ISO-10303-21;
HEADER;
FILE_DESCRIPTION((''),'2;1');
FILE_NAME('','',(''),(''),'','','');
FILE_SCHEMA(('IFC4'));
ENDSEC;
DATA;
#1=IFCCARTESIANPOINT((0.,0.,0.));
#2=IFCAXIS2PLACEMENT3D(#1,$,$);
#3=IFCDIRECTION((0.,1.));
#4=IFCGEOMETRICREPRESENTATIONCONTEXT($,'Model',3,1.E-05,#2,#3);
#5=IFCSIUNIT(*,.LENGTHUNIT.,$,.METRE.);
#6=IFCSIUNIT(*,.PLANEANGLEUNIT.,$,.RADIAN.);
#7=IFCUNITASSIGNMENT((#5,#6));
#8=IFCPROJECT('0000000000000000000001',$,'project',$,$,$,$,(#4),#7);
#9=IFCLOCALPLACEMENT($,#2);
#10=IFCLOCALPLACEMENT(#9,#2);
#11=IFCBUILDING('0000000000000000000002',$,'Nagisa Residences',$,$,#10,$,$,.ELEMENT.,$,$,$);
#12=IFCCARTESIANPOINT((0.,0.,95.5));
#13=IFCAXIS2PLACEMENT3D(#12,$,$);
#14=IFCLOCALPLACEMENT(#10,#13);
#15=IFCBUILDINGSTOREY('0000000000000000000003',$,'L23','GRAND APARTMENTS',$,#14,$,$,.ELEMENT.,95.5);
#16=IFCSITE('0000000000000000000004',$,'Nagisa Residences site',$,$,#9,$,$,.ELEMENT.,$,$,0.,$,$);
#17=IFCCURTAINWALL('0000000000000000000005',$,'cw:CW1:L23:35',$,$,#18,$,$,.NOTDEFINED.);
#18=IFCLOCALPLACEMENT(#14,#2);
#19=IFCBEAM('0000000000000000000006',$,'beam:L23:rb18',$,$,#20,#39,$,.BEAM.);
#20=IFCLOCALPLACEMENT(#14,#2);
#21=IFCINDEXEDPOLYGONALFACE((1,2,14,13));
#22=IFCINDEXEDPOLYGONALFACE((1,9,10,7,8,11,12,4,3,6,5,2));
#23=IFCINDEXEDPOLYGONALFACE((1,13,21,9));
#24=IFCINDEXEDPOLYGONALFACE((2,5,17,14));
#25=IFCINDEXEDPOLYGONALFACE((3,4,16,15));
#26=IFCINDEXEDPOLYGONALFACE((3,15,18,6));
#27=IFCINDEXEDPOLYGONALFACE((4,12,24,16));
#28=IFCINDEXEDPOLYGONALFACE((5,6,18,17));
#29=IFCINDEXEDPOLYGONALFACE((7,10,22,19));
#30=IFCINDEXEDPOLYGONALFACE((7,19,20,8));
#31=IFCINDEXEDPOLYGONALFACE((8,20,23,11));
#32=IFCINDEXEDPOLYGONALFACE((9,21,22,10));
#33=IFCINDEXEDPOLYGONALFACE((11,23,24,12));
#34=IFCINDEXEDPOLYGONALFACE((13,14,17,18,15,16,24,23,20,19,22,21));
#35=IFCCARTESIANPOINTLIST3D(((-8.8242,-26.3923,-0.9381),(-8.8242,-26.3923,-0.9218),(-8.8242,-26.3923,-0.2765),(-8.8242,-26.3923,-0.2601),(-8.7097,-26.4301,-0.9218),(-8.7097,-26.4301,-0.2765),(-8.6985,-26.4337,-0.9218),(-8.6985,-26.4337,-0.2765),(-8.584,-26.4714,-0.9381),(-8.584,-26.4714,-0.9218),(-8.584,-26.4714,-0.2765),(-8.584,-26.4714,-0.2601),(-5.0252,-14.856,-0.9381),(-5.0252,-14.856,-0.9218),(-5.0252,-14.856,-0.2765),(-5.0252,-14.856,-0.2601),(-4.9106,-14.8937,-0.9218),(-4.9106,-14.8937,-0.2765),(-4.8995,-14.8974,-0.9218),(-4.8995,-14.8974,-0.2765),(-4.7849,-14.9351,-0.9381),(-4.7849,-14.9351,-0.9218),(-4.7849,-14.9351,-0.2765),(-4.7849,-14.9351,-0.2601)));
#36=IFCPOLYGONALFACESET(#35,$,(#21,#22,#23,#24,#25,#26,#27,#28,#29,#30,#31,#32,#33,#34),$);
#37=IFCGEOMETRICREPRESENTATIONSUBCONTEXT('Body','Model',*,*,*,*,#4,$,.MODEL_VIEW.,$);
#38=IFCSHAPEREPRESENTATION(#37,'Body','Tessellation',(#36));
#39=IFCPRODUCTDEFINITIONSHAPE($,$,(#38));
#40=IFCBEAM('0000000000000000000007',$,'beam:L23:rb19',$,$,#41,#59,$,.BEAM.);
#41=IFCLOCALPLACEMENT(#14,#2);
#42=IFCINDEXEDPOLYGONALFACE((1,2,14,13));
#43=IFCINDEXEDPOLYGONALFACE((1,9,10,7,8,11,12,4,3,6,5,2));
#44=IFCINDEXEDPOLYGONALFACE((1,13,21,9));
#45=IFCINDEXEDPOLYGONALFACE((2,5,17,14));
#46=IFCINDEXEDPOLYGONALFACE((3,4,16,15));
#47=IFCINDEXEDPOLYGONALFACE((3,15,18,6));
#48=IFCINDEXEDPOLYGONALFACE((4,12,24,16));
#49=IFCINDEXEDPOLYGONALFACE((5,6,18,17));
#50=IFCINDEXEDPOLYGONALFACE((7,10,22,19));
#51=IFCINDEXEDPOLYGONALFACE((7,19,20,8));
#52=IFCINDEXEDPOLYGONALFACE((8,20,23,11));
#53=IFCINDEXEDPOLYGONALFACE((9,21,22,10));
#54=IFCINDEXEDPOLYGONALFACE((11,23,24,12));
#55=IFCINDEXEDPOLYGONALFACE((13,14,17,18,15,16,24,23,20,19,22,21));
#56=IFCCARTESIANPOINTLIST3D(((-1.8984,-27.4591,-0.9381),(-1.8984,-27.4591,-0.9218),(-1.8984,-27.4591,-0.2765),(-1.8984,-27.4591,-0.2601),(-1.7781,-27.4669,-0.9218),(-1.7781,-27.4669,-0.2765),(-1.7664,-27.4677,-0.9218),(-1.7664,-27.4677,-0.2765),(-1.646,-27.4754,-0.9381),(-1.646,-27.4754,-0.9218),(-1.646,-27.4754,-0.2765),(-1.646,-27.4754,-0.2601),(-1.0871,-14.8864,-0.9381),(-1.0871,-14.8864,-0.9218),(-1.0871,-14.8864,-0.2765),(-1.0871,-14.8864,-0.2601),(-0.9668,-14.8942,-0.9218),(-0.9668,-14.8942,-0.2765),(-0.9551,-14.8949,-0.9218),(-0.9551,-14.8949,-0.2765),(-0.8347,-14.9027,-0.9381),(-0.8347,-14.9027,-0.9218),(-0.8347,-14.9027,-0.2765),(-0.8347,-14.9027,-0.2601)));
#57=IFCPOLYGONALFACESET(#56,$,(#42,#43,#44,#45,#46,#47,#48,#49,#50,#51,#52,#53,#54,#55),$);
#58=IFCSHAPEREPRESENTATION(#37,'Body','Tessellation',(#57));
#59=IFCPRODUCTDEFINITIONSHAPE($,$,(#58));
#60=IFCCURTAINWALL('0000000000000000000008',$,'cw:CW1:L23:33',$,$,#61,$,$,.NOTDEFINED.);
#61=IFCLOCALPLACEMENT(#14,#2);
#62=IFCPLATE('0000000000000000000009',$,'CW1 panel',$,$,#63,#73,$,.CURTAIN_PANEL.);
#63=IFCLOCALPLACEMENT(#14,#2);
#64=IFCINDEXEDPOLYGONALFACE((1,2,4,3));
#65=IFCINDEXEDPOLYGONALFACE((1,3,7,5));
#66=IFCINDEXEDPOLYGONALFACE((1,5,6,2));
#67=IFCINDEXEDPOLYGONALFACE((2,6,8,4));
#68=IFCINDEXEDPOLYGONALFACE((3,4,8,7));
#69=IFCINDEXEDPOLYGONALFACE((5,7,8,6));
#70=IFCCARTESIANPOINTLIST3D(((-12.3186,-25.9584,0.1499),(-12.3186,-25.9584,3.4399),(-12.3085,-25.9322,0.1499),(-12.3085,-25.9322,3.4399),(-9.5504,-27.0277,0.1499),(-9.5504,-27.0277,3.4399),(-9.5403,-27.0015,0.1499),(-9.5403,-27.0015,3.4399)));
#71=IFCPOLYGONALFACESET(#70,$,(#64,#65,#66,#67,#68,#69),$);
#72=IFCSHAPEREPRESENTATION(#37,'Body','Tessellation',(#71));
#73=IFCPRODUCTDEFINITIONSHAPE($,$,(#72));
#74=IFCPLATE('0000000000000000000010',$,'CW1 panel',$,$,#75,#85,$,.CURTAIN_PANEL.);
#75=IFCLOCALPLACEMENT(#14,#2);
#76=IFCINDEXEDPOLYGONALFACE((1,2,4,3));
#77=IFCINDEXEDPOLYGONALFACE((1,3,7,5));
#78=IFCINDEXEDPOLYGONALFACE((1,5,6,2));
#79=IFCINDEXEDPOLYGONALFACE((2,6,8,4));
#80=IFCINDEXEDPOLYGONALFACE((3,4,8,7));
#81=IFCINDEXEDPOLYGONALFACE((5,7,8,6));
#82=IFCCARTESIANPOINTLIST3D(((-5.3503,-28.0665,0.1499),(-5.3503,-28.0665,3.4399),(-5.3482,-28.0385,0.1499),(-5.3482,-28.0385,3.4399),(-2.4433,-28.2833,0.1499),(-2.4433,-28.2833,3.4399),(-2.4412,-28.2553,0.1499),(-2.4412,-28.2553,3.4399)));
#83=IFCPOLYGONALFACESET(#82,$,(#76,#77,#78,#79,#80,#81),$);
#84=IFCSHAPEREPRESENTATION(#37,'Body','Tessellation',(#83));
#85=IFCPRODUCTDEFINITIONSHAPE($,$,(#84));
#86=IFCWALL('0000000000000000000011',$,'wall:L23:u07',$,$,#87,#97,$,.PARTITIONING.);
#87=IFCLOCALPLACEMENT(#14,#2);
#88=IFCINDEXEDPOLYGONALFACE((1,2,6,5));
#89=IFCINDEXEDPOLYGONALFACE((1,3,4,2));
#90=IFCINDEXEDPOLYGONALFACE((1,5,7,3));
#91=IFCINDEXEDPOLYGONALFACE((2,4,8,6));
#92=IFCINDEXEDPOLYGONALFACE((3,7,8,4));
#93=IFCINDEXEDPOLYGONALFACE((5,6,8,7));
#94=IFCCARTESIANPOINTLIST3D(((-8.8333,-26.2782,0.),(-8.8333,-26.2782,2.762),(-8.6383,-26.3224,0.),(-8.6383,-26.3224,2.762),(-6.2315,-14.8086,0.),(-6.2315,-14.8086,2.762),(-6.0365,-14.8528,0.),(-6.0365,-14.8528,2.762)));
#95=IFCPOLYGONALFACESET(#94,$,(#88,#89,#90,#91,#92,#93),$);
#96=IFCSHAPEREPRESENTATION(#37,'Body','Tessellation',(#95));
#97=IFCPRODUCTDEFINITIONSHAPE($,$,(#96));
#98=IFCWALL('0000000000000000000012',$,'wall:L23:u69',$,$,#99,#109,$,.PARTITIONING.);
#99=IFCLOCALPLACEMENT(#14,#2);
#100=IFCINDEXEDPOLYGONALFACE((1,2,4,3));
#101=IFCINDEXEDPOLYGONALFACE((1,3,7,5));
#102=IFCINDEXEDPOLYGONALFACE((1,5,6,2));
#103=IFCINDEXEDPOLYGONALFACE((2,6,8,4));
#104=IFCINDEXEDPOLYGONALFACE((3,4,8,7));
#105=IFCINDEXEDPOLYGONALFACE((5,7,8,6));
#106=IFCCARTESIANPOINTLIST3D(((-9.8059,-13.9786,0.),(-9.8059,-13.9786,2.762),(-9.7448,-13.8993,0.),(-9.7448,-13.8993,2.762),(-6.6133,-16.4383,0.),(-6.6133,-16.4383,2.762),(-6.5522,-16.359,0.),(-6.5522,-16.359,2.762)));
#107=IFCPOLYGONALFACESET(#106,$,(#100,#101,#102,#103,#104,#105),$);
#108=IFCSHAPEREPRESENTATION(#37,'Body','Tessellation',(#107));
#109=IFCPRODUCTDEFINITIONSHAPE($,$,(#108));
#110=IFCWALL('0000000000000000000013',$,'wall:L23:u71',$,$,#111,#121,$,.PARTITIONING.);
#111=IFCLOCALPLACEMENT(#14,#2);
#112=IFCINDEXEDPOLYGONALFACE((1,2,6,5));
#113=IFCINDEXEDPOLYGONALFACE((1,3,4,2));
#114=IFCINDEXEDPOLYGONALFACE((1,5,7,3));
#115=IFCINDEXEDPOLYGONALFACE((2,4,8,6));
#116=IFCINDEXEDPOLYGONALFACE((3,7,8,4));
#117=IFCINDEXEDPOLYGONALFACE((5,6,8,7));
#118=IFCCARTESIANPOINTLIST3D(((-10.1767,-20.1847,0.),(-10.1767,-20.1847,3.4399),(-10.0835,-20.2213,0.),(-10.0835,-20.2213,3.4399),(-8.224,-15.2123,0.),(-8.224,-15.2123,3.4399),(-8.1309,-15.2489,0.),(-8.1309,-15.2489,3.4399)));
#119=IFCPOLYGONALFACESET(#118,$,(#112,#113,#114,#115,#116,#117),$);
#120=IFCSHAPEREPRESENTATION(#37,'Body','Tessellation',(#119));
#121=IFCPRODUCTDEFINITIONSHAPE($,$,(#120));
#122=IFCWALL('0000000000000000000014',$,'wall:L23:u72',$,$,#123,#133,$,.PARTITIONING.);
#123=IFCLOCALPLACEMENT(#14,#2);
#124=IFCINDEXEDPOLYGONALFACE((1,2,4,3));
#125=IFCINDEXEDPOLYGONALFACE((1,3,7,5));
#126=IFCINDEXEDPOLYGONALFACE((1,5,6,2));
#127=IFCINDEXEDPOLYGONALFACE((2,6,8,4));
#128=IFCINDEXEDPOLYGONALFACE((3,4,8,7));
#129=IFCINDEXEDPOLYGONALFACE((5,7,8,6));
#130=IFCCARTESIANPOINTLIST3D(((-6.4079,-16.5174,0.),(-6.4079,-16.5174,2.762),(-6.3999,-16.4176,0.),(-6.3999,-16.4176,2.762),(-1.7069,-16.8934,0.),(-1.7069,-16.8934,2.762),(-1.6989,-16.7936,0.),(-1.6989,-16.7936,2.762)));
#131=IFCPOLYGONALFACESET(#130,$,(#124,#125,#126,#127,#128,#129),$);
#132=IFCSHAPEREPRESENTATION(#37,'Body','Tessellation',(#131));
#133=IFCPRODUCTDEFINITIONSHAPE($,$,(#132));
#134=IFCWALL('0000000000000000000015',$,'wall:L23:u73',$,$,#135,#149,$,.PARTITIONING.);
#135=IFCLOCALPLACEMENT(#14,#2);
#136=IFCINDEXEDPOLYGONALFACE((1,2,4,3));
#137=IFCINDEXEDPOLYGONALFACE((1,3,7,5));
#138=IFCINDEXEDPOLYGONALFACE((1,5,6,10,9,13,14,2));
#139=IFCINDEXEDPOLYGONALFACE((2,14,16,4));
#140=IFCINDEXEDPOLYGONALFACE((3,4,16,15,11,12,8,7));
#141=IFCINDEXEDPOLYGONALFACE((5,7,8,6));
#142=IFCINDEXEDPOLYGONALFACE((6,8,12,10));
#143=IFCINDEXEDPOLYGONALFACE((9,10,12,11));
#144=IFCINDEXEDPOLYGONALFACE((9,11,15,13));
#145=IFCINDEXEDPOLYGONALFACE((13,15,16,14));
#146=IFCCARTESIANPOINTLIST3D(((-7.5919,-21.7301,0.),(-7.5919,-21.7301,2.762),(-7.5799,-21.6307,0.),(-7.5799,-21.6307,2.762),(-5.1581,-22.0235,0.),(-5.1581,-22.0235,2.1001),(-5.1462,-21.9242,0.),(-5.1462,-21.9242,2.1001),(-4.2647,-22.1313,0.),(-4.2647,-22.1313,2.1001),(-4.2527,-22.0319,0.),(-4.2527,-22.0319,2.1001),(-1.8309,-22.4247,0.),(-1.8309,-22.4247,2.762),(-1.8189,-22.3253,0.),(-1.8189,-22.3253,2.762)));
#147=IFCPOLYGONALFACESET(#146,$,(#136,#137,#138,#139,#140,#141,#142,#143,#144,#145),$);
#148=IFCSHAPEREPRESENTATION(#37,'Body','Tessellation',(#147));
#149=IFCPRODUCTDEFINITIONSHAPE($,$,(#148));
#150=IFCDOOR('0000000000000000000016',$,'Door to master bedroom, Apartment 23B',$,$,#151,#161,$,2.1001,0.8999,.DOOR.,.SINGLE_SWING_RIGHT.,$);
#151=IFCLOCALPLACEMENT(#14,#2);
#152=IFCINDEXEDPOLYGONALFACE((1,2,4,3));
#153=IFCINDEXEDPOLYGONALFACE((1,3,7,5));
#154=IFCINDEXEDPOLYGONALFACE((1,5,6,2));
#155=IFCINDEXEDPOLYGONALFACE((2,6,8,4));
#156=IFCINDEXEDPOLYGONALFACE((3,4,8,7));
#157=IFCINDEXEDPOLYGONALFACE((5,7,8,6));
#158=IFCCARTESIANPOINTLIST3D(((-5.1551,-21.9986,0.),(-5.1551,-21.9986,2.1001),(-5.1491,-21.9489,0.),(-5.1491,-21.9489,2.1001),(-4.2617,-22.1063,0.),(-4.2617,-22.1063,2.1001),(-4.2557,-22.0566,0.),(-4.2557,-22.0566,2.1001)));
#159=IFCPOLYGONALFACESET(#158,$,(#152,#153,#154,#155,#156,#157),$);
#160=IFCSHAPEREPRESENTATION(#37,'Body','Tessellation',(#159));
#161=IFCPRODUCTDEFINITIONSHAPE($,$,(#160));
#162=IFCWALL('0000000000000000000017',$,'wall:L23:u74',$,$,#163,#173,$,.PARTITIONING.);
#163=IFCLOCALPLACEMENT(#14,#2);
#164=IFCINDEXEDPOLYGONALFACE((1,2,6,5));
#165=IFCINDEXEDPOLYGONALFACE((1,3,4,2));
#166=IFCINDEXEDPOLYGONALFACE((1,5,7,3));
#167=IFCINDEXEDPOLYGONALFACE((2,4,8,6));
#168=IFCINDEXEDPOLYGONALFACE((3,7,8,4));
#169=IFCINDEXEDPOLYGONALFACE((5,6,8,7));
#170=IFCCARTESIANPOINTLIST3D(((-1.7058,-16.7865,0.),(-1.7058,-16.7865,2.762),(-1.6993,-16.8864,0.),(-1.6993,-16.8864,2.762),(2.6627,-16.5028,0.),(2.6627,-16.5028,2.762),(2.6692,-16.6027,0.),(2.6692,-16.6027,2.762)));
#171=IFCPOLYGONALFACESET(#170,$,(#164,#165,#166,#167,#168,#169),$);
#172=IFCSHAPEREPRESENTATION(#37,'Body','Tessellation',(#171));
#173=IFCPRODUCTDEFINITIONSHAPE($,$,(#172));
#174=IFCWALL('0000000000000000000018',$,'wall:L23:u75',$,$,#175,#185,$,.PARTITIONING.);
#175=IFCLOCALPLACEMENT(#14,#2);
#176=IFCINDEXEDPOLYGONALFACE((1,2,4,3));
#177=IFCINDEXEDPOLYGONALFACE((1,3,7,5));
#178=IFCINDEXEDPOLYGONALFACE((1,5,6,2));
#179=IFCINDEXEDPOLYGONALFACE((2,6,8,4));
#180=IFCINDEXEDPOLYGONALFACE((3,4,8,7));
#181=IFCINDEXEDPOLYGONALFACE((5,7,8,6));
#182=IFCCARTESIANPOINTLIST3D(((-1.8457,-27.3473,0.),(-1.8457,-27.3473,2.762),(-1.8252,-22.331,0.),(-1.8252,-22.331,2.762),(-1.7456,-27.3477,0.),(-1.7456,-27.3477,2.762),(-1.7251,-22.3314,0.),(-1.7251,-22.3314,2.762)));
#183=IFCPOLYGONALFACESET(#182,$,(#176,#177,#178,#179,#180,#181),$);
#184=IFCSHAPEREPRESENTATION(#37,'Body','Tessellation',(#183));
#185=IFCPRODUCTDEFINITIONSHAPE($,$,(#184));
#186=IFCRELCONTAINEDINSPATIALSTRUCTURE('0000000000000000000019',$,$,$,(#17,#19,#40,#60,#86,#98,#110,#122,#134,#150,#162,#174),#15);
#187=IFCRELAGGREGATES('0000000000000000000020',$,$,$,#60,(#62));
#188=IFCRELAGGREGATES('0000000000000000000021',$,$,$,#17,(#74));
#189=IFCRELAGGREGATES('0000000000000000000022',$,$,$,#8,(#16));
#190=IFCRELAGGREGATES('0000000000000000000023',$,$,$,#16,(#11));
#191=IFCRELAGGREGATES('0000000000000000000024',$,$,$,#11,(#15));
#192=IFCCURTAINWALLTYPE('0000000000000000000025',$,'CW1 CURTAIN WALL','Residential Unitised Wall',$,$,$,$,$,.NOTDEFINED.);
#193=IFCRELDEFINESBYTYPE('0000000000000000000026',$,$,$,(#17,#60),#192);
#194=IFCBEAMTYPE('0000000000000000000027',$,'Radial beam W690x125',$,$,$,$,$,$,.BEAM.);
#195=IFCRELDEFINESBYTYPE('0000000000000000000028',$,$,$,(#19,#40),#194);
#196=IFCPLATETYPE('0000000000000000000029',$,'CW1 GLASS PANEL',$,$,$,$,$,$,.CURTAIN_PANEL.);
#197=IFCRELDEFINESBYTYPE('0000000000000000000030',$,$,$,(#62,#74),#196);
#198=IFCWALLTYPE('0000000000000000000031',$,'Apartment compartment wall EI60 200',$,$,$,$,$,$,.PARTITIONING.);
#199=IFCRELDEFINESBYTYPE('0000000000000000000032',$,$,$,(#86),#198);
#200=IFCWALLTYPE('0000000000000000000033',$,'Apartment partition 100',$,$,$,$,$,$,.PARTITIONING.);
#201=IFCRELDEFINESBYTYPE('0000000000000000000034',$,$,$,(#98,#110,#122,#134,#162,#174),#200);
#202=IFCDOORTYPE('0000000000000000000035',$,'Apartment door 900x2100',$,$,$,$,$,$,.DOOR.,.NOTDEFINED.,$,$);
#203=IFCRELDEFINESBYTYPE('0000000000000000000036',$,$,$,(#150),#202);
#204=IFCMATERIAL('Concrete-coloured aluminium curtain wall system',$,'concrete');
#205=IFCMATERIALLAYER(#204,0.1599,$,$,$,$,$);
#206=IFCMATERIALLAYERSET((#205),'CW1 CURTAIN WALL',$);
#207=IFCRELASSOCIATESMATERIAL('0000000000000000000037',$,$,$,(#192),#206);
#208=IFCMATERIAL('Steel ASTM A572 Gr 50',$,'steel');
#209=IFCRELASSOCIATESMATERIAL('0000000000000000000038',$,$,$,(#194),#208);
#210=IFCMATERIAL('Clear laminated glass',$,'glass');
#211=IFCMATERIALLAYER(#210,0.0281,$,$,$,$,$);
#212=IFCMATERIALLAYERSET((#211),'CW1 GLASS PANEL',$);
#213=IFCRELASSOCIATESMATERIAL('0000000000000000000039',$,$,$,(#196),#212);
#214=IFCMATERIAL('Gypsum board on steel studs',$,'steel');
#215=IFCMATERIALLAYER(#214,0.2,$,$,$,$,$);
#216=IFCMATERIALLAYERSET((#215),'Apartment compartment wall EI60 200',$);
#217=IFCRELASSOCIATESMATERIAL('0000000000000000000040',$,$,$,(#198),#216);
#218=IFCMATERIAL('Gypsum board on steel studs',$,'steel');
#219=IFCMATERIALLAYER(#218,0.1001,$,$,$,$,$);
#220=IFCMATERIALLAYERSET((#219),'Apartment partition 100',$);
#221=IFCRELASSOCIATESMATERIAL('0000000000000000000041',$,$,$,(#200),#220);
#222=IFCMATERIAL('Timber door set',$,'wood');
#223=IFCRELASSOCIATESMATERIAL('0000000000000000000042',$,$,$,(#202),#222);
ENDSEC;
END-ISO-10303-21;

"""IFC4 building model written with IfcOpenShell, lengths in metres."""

from ifc_helpers import new_model, si_unit, direction, frame, frame_2d, origin, origin_2d, place, context, subcontext, project, spatial, rectangle, i_section, extrude, material, layer, layer_set, material_profile, profile_set, type_object, element, fill, aggregate, save


model = new_model("IFC4")

# Units and contexts
model_context = context("Model", 3, precision=1e-05, world=origin(), true_north=direction((0.0, 1.0)))
body_context = subcontext(model_context, "Body", "Model", "MODEL_VIEW")
ifc_project = project(units=[si_unit("LENGTHUNIT", "METRE"), si_unit("PLANEANGLEUNIT", "RADIAN")], contexts=[model_context])

# Site, building, storey
site_placement = place(None, origin())
site = spatial("IfcSite", under=ifc_project, at=site_placement, Name="Nagisa Residences site", CompositionType="ELEMENT", RefElevation=0.0)
building_placement = place(site_placement, origin())
building = spatial("IfcBuilding", under=site, at=building_placement, Name="Nagisa Residences", CompositionType="ELEMENT")
storey_placement = place(building_placement, frame((0.0, 0.0, 95.5)))
storey = spatial("IfcBuildingStorey", under=building, at=storey_placement, Name="L23", Description="GRAND APARTMENTS", CompositionType="ELEMENT", Elevation=95.5)

# Curtain wall
ifc_material_1 = material(Name="Concrete-coloured aluminium curtain wall system", Category="concrete")
ifc_layer_1 = layer(ifc_material_1, 0.1599)
ifc_layer_set_1 = layer_set([ifc_layer_1], Name="CW1 CURTAIN WALL")
curtain_wall_type = type_object("IfcCurtainWallType", Name="CW1 CURTAIN WALL", Description="Residential Unitised Wall", PredefinedType="NOTDEFINED", material=ifc_layer_set_1)
curtain_wall_1_placement = place(storey_placement, origin())
curtain_wall_1 = element("IfcCurtainWall", 1, at=curtain_wall_1_placement, inside=storey, type_object=curtain_wall_type, Name="cw:CW1:L23:35", PredefinedType="NOTDEFINED")

# Beams
ifc_material_2 = material(Name="Steel ASTM A572 Gr 50", Category="steel")
ifc_material_profile_1 = material_profile(ifc_material_2, i_section(OverallWidth=0.2529, OverallDepth=0.678, WebThickness=0.0117, FlangeThickness=0.0164, at=origin_2d()), Name="W690x125")
ifc_profile_set_1 = profile_set([ifc_material_profile_1], Name="Steel ASTM A572 Gr 50")
beam_type_1 = type_object("IfcBeamType", Name="Radial beam W690x125", PredefinedType="BEAM", material=ifc_profile_set_1)
beam_1_placement = place(storey_placement, frame((-8.7041, -26.4319, -0.5991), z_axis=(0.312788, 0.949823, 0.0), x_axis=(-0.949823, 0.312788, 0.0)))
element("IfcBeam", 2, at=beam_1_placement, inside=storey, type_object=beam_type_1, Name="beam:L23:rb18", PredefinedType="BEAM", context=body_context, shape_type="SweptSolid", body=[
    extrude(i_section(OverallWidth=0.2529, OverallDepth=0.678, WebThickness=0.0117, FlangeThickness=0.0164, at=origin_2d()), origin(), (0.0, 0.0, 1.0), 12.1458),
])
beam_2_placement = place(storey_placement, frame((-1.7722, -27.4673, -0.5991), z_axis=(0.064393, 0.997925, 0.0), x_axis=(-0.997925, 0.064393, 0.0)))
element("IfcBeam", 3, at=beam_2_placement, inside=storey, type_object=beam_type_1, Name="beam:L23:rb19", PredefinedType="BEAM", context=body_context, shape_type="SweptSolid", body=[
    extrude(i_section(OverallWidth=0.2529, OverallDepth=0.678, WebThickness=0.0117, FlangeThickness=0.0164, at=origin_2d()), origin(), (0.0, 0.0, 1.0), 12.5989),
])

# Curtain wall, plate
curtain_wall_2_placement = place(storey_placement, origin())
curtain_wall_2 = element("IfcCurtainWall", 4, at=curtain_wall_2_placement, inside=storey, type_object=curtain_wall_type, Name="cw:CW1:L23:33", PredefinedType="NOTDEFINED")
ifc_material_3 = material(Name="Clear laminated glass", Category="glass")
ifc_layer_2 = layer(ifc_material_3, 0.0281)
ifc_layer_set_2 = layer_set([ifc_layer_2], Name="CW1 GLASS PANEL")
plate_type = type_object("IfcPlateType", Name="CW1 GLASS PANEL", PredefinedType="CURTAIN_PANEL", material=ifc_layer_set_2)
plate_1_placement = place(storey_placement, frame((-10.9294, -26.48, 0.1499), z_axis=(0.0, 0.0, 1.0), x_axis=(0.932826, -0.360328, 0.0)))
plate_1 = element("IfcPlate", 5, at=plate_1_placement, type_object=plate_type, Name="CW1 panel", PredefinedType="CURTAIN_PANEL", context=body_context, shape_type="SweptSolid", body=[
    extrude(rectangle(XDim=2.9675, YDim=0.0281, at=origin_2d()), origin(), (0.0, 0.0, 1.0), 3.29),
])
aggregate(curtain_wall_2, [plate_1])

# Plate
plate_2_placement = place(storey_placement, frame((-3.8958, -28.1609, 0.1499), z_axis=(0.0, 0.0, 1.0), x_axis=(0.99723, -0.074377, 0.0)))
plate_2 = element("IfcPlate", 6, at=plate_2_placement, type_object=plate_type, Name="CW1 panel", PredefinedType="CURTAIN_PANEL", context=body_context, shape_type="SweptSolid", body=[
    extrude(rectangle(XDim=2.915, YDim=0.0281, at=origin_2d()), origin(), (0.0, 0.0, 1.0), 3.29),
])
aggregate(curtain_wall_1, [plate_2])

# Walls
ifc_material_4 = material(Name="Gypsum board on steel studs", Category="steel")
ifc_layer_3 = layer(ifc_material_4, 0.2)
ifc_layer_set_3 = layer_set([ifc_layer_3], Name="Apartment compartment wall EI60 200")
wall_type_1 = type_object("IfcWallType", Name="Apartment compartment wall EI60 200", PredefinedType="PARTITIONING", material=ifc_layer_set_3)
wall_1_placement = place(storey_placement, frame((-6.134, -14.8308, 0.0), z_axis=(0.0, 0.0, 1.0), x_axis=(-0.221225, -0.975223, 0.0)))
element("IfcWall", 7, at=wall_1_placement, inside=storey, type_object=wall_type_1, Name="wall:L23:u07", PredefinedType="PARTITIONING", context=body_context, shape_type="SweptSolid", body=[
    extrude(rectangle(XDim=11.761, YDim=0.2, at=frame_2d((5.8804, 0.0))), origin(), (0.0, 0.0, 1.0), 2.762),
])
ifc_material_5 = material(Name="Gypsum board on steel studs", Category="steel")
ifc_layer_4 = layer(ifc_material_5, 0.1001)
ifc_layer_set_4 = layer_set([ifc_layer_4], Name="Apartment partition 100")
wall_type_2 = type_object("IfcWallType", Name="Apartment partition 100", PredefinedType="PARTITIONING", material=ifc_layer_set_4)
wall_2_placement = place(storey_placement, frame((-9.7754, -13.939, 0.0), z_axis=(0.0, 0.0, 1.0), x_axis=(0.792162, -0.610311, 0.0)))
element("IfcWall", 8, at=wall_2_placement, inside=storey, type_object=wall_type_2, Name="wall:L23:u69", PredefinedType="PARTITIONING", context=body_context, shape_type="SweptSolid", body=[
    extrude(rectangle(XDim=4.0303, YDim=0.1001, at=frame_2d((2.0151, 0.0))), origin(), (0.0, 0.0, 1.0), 2.762),
])
wall_3_placement = place(storey_placement, frame((-8.1775, -15.2307, 0.0), z_axis=(0.0, 0.0, 1.0), x_axis=(-0.365521, -0.930803, 0.0)))
element("IfcWall", 9, at=wall_3_placement, inside=storey, type_object=wall_type_2, Name="wall:L23:u71", PredefinedType="PARTITIONING", context=body_context, shape_type="SweptSolid", body=[
    extrude(rectangle(XDim=5.342, YDim=0.1001, at=frame_2d((2.6709, 0.0))), origin(), (0.0, 0.0, 1.0), 3.4399),
])
wall_4_placement = place(storey_placement, frame((-6.4038, -16.4675, 0.0), z_axis=(0.0, 0.0, 1.0), x_axis=(0.996817, -0.079721, 0.0)))
element("IfcWall", 10, at=wall_4_placement, inside=storey, type_object=wall_type_2, Name="wall:L23:u72", PredefinedType="PARTITIONING", context=body_context, shape_type="SweptSolid", body=[
    extrude(rectangle(XDim=4.7161, YDim=0.1001, at=frame_2d((2.3579, 0.0))), origin(), (0.0, 0.0, 1.0), 2.762),
])

# Wall, opening, door
wall_5_placement = place(storey_placement, frame((-7.5859, -21.6804, 0.0), z_axis=(0.0, 0.0, 1.0), x_axis=(0.99281, -0.119699, 0.0)))
wall_5 = element("IfcWall", 11, at=wall_5_placement, inside=storey, type_object=wall_type_2, Name="wall:L23:u73", PredefinedType="PARTITIONING", context=body_context, shape_type="SweptSolid", body=[
    extrude(rectangle(XDim=5.8027, YDim=0.1001, at=frame_2d((2.9014, 0.0))), origin(), (0.0, 0.0, 1.0), 2.762),
])
opening_1_placement = place(wall_5_placement, frame((2.4514, 0.0, 0.0)))
opening_1 = element("IfcOpeningElement", 12, at=opening_1_placement, cuts=wall_5, PredefinedType="OPENING", context=body_context, shape_type="SweptSolid", body=[
    extrude(rectangle(XDim=0.8999, YDim=2.1001, at=frame_2d((0.45, 1.05))), frame((0.0, 0.0601, 0.0), z_axis=(0.0, -1.0, 0.0), x_axis=(1.0, 0.0, 0.0)), (0.0, 0.0, 1.0), 0.1201),
])
ifc_material_6 = material(Name="Timber door set", Category="wood")
door_type_1 = type_object("IfcDoorType", Name="Apartment door 900x2100", OperationType="NOTDEFINED", PredefinedType="DOOR", material=ifc_material_6)
door_1_placement = place(opening_1_placement, frame((0.8999, 0.0, 0.0), x_axis=(-1.0, 0.0, 0.0)))
door_1 = element("IfcDoor", 13, at=door_1_placement, inside=storey, type_object=door_type_1, Name="Door to master bedroom, Apartment 23B", OperationType="SINGLE_SWING_RIGHT", OverallHeight=2.1001, OverallWidth=0.8999, PredefinedType="DOOR", context=body_context, shape_type="SweptSolid", body=[
    extrude(rectangle(XDim=0.8999, YDim=2.1001, at=frame_2d((0.45, 1.05))), frame((0.0, 0.0249, 0.0), z_axis=(0.0, -1.0, 0.0), x_axis=(1.0, 0.0, 0.0)), (0.0, 0.0, 1.0), 0.05),
])
fill(opening_1, door_1)

# Walls
wall_6_placement = place(storey_placement, frame((-1.7026, -16.8364, 0.0), z_axis=(0.0, 0.0, 1.0), x_axis=(0.997898, 0.064805, 0.0)))
element("IfcWall", 14, at=wall_6_placement, inside=storey, type_object=wall_type_2, Name="wall:L23:u74", PredefinedType="PARTITIONING", context=body_context, shape_type="SweptSolid", body=[
    extrude(rectangle(XDim=4.3777, YDim=0.1001, at=frame_2d((2.189, 0.0))), origin(), (0.0, 0.0, 1.0), 2.762),
])
wall_7_placement = place(storey_placement, frame((-1.7751, -22.3311, 0.0), z_axis=(0.0, 0.0, 1.0), x_axis=(-0.004088, -0.999992, 0.0)))
element("IfcWall", 15, at=wall_7_placement, inside=storey, type_object=wall_type_2, Name="wall:L23:u75", PredefinedType="PARTITIONING", context=body_context, shape_type="SweptSolid", body=[
    extrude(rectangle(XDim=5.0164, YDim=0.1001, at=frame_2d((2.5083, 0.0))), origin(), (0.0, 0.0, 1.0), 2.762),
])

save(model, "model.ifc")
